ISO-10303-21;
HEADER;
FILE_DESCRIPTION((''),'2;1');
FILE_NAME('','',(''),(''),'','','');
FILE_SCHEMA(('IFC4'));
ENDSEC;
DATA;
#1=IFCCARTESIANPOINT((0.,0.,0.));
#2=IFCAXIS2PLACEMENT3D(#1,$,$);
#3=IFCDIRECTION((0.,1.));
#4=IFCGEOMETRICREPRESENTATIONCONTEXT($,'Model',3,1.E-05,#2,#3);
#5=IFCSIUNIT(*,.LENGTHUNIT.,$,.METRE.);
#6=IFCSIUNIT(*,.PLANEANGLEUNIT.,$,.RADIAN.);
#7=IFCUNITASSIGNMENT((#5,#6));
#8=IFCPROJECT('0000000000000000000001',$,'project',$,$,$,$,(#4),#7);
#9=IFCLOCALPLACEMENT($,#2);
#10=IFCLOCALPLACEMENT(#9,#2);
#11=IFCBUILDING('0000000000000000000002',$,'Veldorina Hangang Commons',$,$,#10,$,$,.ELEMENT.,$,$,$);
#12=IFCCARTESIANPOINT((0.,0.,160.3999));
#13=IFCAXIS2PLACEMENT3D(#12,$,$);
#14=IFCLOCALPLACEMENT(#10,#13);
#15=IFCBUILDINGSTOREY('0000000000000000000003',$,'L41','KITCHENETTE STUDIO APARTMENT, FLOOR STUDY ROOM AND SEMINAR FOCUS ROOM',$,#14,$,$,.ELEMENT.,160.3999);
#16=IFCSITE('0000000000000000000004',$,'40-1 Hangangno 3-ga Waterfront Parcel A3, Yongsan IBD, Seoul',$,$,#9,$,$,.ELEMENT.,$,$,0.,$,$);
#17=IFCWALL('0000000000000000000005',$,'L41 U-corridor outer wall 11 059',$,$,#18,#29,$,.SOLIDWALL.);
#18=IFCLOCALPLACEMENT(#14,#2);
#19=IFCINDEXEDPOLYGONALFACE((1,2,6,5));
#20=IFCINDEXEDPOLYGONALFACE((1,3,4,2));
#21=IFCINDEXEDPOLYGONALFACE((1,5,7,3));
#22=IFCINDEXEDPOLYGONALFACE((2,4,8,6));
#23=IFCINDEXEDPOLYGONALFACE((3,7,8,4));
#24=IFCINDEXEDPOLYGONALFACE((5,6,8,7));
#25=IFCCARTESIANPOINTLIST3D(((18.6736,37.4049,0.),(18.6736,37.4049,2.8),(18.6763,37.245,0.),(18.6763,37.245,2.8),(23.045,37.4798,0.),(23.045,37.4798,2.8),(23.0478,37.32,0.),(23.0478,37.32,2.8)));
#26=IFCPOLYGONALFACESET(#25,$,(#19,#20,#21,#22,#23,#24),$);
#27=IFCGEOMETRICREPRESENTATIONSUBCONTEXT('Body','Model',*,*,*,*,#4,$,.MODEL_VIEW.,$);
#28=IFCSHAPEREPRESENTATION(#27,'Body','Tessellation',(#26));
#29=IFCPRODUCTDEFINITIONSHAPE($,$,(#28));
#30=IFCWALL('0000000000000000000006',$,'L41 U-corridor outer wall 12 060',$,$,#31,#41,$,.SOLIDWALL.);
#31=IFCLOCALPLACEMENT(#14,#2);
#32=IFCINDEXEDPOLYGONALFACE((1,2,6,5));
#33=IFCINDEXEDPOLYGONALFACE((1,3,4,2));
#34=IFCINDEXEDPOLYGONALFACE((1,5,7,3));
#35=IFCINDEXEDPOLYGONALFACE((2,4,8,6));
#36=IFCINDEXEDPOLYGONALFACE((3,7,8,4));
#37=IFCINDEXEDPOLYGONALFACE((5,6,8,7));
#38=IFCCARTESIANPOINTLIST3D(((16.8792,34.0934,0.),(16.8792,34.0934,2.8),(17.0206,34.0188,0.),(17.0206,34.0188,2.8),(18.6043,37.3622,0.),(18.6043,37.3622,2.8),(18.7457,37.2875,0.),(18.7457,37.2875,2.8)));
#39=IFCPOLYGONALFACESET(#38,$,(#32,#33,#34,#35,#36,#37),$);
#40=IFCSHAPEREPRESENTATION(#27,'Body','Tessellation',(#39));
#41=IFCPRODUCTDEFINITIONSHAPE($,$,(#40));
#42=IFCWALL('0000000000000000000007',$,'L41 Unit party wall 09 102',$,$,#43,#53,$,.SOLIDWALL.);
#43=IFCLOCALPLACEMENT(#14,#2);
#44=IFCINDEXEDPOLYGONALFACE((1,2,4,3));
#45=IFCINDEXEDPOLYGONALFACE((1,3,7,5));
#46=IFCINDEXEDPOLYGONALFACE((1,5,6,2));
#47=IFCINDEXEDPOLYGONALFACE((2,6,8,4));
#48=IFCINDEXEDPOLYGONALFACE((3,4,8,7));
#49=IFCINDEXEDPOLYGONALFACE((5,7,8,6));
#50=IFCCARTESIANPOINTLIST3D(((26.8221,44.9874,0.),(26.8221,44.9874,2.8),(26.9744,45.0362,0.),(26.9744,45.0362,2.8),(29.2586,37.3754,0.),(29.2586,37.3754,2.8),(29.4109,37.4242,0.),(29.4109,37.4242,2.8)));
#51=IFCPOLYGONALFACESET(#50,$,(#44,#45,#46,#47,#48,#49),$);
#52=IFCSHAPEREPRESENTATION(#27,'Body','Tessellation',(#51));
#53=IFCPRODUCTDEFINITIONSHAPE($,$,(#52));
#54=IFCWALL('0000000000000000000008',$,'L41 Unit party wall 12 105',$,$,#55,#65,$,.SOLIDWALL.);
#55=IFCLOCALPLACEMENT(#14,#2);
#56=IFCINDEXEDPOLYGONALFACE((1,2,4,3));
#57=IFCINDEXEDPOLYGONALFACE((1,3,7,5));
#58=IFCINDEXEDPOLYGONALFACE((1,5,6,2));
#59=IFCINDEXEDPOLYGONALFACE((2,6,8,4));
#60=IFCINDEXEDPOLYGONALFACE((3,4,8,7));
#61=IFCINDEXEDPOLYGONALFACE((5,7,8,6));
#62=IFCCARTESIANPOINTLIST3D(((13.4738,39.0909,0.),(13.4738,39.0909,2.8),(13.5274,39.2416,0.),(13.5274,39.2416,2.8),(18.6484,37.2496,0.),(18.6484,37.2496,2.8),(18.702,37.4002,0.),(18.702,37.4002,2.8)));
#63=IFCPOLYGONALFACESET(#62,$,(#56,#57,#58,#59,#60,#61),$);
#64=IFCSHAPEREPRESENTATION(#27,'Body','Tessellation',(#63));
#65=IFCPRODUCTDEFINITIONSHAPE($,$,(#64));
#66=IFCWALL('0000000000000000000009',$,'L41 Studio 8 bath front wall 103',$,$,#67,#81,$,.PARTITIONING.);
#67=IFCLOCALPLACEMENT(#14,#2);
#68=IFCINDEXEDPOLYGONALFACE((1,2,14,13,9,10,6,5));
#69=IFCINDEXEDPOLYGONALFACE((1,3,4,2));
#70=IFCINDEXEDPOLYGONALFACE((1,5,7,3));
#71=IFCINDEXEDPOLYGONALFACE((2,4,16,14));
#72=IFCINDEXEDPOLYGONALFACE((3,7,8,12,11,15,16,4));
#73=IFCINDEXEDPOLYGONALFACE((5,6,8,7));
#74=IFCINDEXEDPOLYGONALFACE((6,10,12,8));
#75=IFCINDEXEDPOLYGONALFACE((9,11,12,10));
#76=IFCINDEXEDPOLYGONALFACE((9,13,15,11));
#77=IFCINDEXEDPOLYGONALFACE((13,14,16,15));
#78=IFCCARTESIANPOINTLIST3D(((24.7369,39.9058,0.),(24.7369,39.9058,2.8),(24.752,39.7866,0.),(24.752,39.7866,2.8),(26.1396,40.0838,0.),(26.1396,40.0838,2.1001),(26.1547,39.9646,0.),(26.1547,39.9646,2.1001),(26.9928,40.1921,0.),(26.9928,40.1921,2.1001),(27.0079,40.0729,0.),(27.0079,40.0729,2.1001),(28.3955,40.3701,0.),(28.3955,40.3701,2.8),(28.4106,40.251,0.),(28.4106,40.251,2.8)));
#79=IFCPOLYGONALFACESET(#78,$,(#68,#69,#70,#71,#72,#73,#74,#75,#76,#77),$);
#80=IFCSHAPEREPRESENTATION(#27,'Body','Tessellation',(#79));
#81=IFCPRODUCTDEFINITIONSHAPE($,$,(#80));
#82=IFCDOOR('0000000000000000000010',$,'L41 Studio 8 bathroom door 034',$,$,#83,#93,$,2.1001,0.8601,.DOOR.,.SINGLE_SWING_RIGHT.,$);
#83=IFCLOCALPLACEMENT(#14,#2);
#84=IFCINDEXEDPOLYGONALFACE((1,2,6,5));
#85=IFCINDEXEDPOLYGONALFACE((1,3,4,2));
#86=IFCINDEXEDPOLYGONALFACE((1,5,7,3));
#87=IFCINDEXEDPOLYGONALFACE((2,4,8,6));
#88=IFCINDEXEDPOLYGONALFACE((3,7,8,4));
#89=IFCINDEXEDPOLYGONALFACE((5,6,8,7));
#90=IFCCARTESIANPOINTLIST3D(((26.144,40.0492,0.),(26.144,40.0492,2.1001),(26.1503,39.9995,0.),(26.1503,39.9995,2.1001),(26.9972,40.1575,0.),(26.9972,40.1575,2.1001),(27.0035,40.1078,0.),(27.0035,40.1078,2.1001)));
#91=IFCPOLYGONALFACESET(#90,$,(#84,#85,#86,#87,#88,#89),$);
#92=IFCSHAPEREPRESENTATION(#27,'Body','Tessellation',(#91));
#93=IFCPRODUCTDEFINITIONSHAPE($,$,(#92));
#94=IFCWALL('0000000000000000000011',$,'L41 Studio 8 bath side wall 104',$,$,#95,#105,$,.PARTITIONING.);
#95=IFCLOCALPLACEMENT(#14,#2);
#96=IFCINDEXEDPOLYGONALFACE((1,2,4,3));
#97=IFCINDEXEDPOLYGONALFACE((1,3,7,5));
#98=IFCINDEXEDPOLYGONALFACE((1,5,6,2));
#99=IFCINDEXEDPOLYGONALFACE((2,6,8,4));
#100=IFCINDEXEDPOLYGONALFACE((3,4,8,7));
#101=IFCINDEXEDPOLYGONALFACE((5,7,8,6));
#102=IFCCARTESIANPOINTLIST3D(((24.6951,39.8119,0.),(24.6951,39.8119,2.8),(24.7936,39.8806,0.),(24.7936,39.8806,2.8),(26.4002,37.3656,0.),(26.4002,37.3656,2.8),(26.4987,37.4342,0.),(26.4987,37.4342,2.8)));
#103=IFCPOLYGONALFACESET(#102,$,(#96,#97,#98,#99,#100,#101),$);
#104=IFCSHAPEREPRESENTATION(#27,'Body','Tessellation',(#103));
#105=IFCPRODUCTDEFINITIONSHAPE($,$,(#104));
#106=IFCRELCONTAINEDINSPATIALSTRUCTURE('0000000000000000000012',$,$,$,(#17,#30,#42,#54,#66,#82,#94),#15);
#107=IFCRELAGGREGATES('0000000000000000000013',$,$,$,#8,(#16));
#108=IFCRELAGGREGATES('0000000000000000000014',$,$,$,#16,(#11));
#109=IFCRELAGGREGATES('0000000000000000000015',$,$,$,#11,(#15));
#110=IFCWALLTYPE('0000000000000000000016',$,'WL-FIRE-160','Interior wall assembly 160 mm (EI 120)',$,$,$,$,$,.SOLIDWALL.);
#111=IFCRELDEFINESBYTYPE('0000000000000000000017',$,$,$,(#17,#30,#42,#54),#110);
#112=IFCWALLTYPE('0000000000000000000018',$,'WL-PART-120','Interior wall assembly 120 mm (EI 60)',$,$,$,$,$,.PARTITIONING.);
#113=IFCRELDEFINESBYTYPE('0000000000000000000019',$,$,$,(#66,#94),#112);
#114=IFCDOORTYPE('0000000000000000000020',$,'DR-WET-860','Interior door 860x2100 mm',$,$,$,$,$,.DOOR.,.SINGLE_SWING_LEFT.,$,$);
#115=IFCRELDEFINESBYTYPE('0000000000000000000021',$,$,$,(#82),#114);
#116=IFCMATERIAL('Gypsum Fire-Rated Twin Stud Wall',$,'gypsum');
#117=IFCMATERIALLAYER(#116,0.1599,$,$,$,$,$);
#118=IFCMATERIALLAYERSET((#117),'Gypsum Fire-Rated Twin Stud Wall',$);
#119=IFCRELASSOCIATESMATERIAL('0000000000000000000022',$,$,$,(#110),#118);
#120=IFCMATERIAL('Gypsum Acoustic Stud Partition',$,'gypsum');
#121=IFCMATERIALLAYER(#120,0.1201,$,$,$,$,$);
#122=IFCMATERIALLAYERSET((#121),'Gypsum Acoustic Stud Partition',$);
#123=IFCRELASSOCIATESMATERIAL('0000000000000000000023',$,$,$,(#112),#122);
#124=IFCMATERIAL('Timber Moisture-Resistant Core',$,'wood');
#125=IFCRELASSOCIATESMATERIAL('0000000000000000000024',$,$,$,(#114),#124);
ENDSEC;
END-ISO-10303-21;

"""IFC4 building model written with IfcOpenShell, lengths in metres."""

from ifc_helpers import new_model, si_unit, direction, frame, frame_2d, origin, place, context, subcontext, project, spatial, rectangle, extrude, material, layer, layer_set, type_object, element, fill, save


model = new_model("IFC4")

# Units and contexts
model_context = context("Model", 3, precision=1e-05, world=origin(), true_north=direction((0.0, 1.0)))
body_context = subcontext(model_context, "Body", "Model", "MODEL_VIEW")
ifc_project = project(units=[si_unit("LENGTHUNIT", "METRE"), si_unit("PLANEANGLEUNIT", "RADIAN")], contexts=[model_context])

# Site, building, storey
site_placement = place(None, origin())
site = spatial("IfcSite", under=ifc_project, at=site_placement, Name="40-1 Hangangno 3-ga Waterfront Parcel A3, Yongsan IBD, Seoul", CompositionType="ELEMENT", RefElevation=0.0)
building_placement = place(site_placement, origin())
building = spatial("IfcBuilding", under=site, at=building_placement, Name="Veldorina Hangang Commons", CompositionType="ELEMENT")
storey_placement = place(building_placement, frame((0.0, 0.0, 160.3999)))
storey = spatial("IfcBuildingStorey", under=building, at=storey_placement, Name="L41", Description="KITCHENETTE STUDIO APARTMENT, FLOOR STUDY ROOM AND SEMINAR FOCUS ROOM", CompositionType="ELEMENT", Elevation=160.3999)

# Shared definitions
ifc_material_1 = material(Name="Gypsum Fire-Rated Twin Stud Wall", Category="gypsum")
ifc_layer_1 = layer(ifc_material_1, 0.1599)
ifc_layer_set_1 = layer_set([ifc_layer_1], Name="Gypsum Fire-Rated Twin Stud Wall")
wall_type_1 = type_object("IfcWallType", Name="WL-FIRE-160", Description="Interior wall assembly 160 mm (EI 120)", PredefinedType="SOLIDWALL", material=ifc_layer_set_1)

# Walls
wall_1_placement = place(storey_placement, frame((23.0464, 37.3999, 0.0), z_axis=(0.0, 0.0, 1.0), x_axis=(-0.999853, -0.017144, 0.0)))
element("IfcWall", 1, at=wall_1_placement, inside=storey, type_object=wall_type_1, Name="L41 U-corridor outer wall 11 059", PredefinedType="SOLIDWALL", context=body_context, shape_type="SweptSolid", body=[
    extrude(rectangle(XDim=4.3721, YDim=0.1599, at=frame_2d((2.186, 0.0))), origin(), (0.0, 0.0, 1.0), 2.8),
])
wall_2_placement = place(storey_placement, frame((18.675, 37.325, 0.0), z_axis=(0.0, 0.0, 1.0), x_axis=(-0.466737, -0.884396, 0.0)))
element("IfcWall", 2, at=wall_2_placement, inside=storey, type_object=wall_type_1, Name="L41 U-corridor outer wall 12 060", PredefinedType="SOLIDWALL", context=body_context, shape_type="SweptSolid", body=[
    extrude(rectangle(XDim=3.696, YDim=0.1599, at=frame_2d((1.8481, 0.0))), origin(), (0.0, 0.0, 1.0), 2.8),
])
wall_3_placement = place(storey_placement, frame((29.3347, 37.3999, 0.0), z_axis=(0.0, 0.0, 1.0), x_axis=(-0.304851, 0.9524, 0.0)))
element("IfcWall", 3, at=wall_3_placement, inside=storey, type_object=wall_type_1, Name="L41 Unit party wall 09 102", PredefinedType="SOLIDWALL", context=body_context, shape_type="SweptSolid", body=[
    extrude(rectangle(XDim=7.9924, YDim=0.1599, at=frame_2d((3.9961, 0.0))), origin(), (0.0, 0.0, 1.0), 2.8),
])
wall_4_placement = place(storey_placement, frame((18.675, 37.325, 0.0), z_axis=(0.0, 0.0, 1.0), x_axis=(-0.94213, 0.335246, 0.0)))
element("IfcWall", 4, at=wall_4_placement, inside=storey, type_object=wall_type_1, Name="L41 Unit party wall 12 105", PredefinedType="SOLIDWALL", context=body_context, shape_type="SweptSolid", body=[
    extrude(rectangle(XDim=5.4924, YDim=0.1599, at=frame_2d((2.7461, 0.0))), origin(), (0.0, 0.0, 1.0), 2.8),
])

# Wall, opening, door
ifc_material_2 = material(Name="Gypsum Acoustic Stud Partition", Category="gypsum")
ifc_layer_2 = layer(ifc_material_2, 0.1201)
ifc_layer_set_2 = layer_set([ifc_layer_2], Name="Gypsum Acoustic Stud Partition")
wall_type_2 = type_object("IfcWallType", Name="WL-PART-120", Description="Interior wall assembly 120 mm (EI 60)", PredefinedType="PARTITIONING", material=ifc_layer_set_2)
wall_5_placement = place(storey_placement, frame((28.4031, 40.3105, 0.0), z_axis=(0.0, 0.0, 1.0), x_axis=(-0.992042, -0.125908, 0.0)))
wall_5 = element("IfcWall", 5, at=wall_5_placement, inside=storey, type_object=wall_type_2, Name="L41 Studio 8 bath front wall 103", PredefinedType="PARTITIONING", context=body_context, shape_type="SweptSolid", body=[
    extrude(rectangle(XDim=3.688, YDim=0.1201, at=frame_2d((1.844, 0.0))), origin(), (0.0, 0.0, 1.0), 2.8),
])
opening_1_placement = place(wall_5_placement, frame((1.4138, 0.0, 0.0)))
opening_1 = element("IfcOpeningElement", 6, at=opening_1_placement, cuts=wall_5, PredefinedType="OPENING", context=body_context, shape_type="SweptSolid", body=[
    extrude(rectangle(XDim=0.8601, YDim=2.1001, at=frame_2d((0.4302, 1.05))), frame((0.0, 0.0701, 0.0), z_axis=(0.0, -1.0, 0.0), x_axis=(1.0, 0.0, 0.0)), (0.0, 0.0, 1.0), 0.1401),
])
ifc_material_3 = material(Name="Timber Moisture-Resistant Core", Category="wood")
door_type_1 = type_object("IfcDoorType", Name="DR-WET-860", Description="Interior door 860x2100 mm", OperationType="SINGLE_SWING_LEFT", PredefinedType="DOOR", material=ifc_material_3)
door_1_placement = place(opening_1_placement, origin())
door_1 = element("IfcDoor", 7, at=door_1_placement, inside=storey, type_object=door_type_1, Name="L41 Studio 8 bathroom door 034", OperationType="SINGLE_SWING_RIGHT", OverallHeight=2.1001, OverallWidth=0.8601, PredefinedType="DOOR", context=body_context, shape_type="SweptSolid", body=[
    extrude(rectangle(XDim=0.8601, YDim=2.1001, at=frame_2d((0.4302, 1.05))), frame((0.0, 0.0249, 0.0), z_axis=(0.0, -1.0, 0.0), x_axis=(1.0, 0.0, 0.0)), (0.0, 0.0, 1.0), 0.05),
])
fill(opening_1, door_1)

# Wall
wall_6_placement = place(storey_placement, frame((26.4495, 37.3999, 0.0), z_axis=(0.0, 0.0, 1.0), x_axis=(-0.571813, 0.820384, 0.0)))
element("IfcWall", 8, at=wall_6_placement, inside=storey, type_object=wall_type_2, Name="L41 Studio 8 bath side wall 104", PredefinedType="PARTITIONING", context=body_context, shape_type="SweptSolid", body=[
    extrude(rectangle(XDim=2.9819, YDim=0.1201, at=frame_2d((1.491, 0.0))), origin(), (0.0, 0.0, 1.0), 2.8),
])

save(model, "model.ifc")
